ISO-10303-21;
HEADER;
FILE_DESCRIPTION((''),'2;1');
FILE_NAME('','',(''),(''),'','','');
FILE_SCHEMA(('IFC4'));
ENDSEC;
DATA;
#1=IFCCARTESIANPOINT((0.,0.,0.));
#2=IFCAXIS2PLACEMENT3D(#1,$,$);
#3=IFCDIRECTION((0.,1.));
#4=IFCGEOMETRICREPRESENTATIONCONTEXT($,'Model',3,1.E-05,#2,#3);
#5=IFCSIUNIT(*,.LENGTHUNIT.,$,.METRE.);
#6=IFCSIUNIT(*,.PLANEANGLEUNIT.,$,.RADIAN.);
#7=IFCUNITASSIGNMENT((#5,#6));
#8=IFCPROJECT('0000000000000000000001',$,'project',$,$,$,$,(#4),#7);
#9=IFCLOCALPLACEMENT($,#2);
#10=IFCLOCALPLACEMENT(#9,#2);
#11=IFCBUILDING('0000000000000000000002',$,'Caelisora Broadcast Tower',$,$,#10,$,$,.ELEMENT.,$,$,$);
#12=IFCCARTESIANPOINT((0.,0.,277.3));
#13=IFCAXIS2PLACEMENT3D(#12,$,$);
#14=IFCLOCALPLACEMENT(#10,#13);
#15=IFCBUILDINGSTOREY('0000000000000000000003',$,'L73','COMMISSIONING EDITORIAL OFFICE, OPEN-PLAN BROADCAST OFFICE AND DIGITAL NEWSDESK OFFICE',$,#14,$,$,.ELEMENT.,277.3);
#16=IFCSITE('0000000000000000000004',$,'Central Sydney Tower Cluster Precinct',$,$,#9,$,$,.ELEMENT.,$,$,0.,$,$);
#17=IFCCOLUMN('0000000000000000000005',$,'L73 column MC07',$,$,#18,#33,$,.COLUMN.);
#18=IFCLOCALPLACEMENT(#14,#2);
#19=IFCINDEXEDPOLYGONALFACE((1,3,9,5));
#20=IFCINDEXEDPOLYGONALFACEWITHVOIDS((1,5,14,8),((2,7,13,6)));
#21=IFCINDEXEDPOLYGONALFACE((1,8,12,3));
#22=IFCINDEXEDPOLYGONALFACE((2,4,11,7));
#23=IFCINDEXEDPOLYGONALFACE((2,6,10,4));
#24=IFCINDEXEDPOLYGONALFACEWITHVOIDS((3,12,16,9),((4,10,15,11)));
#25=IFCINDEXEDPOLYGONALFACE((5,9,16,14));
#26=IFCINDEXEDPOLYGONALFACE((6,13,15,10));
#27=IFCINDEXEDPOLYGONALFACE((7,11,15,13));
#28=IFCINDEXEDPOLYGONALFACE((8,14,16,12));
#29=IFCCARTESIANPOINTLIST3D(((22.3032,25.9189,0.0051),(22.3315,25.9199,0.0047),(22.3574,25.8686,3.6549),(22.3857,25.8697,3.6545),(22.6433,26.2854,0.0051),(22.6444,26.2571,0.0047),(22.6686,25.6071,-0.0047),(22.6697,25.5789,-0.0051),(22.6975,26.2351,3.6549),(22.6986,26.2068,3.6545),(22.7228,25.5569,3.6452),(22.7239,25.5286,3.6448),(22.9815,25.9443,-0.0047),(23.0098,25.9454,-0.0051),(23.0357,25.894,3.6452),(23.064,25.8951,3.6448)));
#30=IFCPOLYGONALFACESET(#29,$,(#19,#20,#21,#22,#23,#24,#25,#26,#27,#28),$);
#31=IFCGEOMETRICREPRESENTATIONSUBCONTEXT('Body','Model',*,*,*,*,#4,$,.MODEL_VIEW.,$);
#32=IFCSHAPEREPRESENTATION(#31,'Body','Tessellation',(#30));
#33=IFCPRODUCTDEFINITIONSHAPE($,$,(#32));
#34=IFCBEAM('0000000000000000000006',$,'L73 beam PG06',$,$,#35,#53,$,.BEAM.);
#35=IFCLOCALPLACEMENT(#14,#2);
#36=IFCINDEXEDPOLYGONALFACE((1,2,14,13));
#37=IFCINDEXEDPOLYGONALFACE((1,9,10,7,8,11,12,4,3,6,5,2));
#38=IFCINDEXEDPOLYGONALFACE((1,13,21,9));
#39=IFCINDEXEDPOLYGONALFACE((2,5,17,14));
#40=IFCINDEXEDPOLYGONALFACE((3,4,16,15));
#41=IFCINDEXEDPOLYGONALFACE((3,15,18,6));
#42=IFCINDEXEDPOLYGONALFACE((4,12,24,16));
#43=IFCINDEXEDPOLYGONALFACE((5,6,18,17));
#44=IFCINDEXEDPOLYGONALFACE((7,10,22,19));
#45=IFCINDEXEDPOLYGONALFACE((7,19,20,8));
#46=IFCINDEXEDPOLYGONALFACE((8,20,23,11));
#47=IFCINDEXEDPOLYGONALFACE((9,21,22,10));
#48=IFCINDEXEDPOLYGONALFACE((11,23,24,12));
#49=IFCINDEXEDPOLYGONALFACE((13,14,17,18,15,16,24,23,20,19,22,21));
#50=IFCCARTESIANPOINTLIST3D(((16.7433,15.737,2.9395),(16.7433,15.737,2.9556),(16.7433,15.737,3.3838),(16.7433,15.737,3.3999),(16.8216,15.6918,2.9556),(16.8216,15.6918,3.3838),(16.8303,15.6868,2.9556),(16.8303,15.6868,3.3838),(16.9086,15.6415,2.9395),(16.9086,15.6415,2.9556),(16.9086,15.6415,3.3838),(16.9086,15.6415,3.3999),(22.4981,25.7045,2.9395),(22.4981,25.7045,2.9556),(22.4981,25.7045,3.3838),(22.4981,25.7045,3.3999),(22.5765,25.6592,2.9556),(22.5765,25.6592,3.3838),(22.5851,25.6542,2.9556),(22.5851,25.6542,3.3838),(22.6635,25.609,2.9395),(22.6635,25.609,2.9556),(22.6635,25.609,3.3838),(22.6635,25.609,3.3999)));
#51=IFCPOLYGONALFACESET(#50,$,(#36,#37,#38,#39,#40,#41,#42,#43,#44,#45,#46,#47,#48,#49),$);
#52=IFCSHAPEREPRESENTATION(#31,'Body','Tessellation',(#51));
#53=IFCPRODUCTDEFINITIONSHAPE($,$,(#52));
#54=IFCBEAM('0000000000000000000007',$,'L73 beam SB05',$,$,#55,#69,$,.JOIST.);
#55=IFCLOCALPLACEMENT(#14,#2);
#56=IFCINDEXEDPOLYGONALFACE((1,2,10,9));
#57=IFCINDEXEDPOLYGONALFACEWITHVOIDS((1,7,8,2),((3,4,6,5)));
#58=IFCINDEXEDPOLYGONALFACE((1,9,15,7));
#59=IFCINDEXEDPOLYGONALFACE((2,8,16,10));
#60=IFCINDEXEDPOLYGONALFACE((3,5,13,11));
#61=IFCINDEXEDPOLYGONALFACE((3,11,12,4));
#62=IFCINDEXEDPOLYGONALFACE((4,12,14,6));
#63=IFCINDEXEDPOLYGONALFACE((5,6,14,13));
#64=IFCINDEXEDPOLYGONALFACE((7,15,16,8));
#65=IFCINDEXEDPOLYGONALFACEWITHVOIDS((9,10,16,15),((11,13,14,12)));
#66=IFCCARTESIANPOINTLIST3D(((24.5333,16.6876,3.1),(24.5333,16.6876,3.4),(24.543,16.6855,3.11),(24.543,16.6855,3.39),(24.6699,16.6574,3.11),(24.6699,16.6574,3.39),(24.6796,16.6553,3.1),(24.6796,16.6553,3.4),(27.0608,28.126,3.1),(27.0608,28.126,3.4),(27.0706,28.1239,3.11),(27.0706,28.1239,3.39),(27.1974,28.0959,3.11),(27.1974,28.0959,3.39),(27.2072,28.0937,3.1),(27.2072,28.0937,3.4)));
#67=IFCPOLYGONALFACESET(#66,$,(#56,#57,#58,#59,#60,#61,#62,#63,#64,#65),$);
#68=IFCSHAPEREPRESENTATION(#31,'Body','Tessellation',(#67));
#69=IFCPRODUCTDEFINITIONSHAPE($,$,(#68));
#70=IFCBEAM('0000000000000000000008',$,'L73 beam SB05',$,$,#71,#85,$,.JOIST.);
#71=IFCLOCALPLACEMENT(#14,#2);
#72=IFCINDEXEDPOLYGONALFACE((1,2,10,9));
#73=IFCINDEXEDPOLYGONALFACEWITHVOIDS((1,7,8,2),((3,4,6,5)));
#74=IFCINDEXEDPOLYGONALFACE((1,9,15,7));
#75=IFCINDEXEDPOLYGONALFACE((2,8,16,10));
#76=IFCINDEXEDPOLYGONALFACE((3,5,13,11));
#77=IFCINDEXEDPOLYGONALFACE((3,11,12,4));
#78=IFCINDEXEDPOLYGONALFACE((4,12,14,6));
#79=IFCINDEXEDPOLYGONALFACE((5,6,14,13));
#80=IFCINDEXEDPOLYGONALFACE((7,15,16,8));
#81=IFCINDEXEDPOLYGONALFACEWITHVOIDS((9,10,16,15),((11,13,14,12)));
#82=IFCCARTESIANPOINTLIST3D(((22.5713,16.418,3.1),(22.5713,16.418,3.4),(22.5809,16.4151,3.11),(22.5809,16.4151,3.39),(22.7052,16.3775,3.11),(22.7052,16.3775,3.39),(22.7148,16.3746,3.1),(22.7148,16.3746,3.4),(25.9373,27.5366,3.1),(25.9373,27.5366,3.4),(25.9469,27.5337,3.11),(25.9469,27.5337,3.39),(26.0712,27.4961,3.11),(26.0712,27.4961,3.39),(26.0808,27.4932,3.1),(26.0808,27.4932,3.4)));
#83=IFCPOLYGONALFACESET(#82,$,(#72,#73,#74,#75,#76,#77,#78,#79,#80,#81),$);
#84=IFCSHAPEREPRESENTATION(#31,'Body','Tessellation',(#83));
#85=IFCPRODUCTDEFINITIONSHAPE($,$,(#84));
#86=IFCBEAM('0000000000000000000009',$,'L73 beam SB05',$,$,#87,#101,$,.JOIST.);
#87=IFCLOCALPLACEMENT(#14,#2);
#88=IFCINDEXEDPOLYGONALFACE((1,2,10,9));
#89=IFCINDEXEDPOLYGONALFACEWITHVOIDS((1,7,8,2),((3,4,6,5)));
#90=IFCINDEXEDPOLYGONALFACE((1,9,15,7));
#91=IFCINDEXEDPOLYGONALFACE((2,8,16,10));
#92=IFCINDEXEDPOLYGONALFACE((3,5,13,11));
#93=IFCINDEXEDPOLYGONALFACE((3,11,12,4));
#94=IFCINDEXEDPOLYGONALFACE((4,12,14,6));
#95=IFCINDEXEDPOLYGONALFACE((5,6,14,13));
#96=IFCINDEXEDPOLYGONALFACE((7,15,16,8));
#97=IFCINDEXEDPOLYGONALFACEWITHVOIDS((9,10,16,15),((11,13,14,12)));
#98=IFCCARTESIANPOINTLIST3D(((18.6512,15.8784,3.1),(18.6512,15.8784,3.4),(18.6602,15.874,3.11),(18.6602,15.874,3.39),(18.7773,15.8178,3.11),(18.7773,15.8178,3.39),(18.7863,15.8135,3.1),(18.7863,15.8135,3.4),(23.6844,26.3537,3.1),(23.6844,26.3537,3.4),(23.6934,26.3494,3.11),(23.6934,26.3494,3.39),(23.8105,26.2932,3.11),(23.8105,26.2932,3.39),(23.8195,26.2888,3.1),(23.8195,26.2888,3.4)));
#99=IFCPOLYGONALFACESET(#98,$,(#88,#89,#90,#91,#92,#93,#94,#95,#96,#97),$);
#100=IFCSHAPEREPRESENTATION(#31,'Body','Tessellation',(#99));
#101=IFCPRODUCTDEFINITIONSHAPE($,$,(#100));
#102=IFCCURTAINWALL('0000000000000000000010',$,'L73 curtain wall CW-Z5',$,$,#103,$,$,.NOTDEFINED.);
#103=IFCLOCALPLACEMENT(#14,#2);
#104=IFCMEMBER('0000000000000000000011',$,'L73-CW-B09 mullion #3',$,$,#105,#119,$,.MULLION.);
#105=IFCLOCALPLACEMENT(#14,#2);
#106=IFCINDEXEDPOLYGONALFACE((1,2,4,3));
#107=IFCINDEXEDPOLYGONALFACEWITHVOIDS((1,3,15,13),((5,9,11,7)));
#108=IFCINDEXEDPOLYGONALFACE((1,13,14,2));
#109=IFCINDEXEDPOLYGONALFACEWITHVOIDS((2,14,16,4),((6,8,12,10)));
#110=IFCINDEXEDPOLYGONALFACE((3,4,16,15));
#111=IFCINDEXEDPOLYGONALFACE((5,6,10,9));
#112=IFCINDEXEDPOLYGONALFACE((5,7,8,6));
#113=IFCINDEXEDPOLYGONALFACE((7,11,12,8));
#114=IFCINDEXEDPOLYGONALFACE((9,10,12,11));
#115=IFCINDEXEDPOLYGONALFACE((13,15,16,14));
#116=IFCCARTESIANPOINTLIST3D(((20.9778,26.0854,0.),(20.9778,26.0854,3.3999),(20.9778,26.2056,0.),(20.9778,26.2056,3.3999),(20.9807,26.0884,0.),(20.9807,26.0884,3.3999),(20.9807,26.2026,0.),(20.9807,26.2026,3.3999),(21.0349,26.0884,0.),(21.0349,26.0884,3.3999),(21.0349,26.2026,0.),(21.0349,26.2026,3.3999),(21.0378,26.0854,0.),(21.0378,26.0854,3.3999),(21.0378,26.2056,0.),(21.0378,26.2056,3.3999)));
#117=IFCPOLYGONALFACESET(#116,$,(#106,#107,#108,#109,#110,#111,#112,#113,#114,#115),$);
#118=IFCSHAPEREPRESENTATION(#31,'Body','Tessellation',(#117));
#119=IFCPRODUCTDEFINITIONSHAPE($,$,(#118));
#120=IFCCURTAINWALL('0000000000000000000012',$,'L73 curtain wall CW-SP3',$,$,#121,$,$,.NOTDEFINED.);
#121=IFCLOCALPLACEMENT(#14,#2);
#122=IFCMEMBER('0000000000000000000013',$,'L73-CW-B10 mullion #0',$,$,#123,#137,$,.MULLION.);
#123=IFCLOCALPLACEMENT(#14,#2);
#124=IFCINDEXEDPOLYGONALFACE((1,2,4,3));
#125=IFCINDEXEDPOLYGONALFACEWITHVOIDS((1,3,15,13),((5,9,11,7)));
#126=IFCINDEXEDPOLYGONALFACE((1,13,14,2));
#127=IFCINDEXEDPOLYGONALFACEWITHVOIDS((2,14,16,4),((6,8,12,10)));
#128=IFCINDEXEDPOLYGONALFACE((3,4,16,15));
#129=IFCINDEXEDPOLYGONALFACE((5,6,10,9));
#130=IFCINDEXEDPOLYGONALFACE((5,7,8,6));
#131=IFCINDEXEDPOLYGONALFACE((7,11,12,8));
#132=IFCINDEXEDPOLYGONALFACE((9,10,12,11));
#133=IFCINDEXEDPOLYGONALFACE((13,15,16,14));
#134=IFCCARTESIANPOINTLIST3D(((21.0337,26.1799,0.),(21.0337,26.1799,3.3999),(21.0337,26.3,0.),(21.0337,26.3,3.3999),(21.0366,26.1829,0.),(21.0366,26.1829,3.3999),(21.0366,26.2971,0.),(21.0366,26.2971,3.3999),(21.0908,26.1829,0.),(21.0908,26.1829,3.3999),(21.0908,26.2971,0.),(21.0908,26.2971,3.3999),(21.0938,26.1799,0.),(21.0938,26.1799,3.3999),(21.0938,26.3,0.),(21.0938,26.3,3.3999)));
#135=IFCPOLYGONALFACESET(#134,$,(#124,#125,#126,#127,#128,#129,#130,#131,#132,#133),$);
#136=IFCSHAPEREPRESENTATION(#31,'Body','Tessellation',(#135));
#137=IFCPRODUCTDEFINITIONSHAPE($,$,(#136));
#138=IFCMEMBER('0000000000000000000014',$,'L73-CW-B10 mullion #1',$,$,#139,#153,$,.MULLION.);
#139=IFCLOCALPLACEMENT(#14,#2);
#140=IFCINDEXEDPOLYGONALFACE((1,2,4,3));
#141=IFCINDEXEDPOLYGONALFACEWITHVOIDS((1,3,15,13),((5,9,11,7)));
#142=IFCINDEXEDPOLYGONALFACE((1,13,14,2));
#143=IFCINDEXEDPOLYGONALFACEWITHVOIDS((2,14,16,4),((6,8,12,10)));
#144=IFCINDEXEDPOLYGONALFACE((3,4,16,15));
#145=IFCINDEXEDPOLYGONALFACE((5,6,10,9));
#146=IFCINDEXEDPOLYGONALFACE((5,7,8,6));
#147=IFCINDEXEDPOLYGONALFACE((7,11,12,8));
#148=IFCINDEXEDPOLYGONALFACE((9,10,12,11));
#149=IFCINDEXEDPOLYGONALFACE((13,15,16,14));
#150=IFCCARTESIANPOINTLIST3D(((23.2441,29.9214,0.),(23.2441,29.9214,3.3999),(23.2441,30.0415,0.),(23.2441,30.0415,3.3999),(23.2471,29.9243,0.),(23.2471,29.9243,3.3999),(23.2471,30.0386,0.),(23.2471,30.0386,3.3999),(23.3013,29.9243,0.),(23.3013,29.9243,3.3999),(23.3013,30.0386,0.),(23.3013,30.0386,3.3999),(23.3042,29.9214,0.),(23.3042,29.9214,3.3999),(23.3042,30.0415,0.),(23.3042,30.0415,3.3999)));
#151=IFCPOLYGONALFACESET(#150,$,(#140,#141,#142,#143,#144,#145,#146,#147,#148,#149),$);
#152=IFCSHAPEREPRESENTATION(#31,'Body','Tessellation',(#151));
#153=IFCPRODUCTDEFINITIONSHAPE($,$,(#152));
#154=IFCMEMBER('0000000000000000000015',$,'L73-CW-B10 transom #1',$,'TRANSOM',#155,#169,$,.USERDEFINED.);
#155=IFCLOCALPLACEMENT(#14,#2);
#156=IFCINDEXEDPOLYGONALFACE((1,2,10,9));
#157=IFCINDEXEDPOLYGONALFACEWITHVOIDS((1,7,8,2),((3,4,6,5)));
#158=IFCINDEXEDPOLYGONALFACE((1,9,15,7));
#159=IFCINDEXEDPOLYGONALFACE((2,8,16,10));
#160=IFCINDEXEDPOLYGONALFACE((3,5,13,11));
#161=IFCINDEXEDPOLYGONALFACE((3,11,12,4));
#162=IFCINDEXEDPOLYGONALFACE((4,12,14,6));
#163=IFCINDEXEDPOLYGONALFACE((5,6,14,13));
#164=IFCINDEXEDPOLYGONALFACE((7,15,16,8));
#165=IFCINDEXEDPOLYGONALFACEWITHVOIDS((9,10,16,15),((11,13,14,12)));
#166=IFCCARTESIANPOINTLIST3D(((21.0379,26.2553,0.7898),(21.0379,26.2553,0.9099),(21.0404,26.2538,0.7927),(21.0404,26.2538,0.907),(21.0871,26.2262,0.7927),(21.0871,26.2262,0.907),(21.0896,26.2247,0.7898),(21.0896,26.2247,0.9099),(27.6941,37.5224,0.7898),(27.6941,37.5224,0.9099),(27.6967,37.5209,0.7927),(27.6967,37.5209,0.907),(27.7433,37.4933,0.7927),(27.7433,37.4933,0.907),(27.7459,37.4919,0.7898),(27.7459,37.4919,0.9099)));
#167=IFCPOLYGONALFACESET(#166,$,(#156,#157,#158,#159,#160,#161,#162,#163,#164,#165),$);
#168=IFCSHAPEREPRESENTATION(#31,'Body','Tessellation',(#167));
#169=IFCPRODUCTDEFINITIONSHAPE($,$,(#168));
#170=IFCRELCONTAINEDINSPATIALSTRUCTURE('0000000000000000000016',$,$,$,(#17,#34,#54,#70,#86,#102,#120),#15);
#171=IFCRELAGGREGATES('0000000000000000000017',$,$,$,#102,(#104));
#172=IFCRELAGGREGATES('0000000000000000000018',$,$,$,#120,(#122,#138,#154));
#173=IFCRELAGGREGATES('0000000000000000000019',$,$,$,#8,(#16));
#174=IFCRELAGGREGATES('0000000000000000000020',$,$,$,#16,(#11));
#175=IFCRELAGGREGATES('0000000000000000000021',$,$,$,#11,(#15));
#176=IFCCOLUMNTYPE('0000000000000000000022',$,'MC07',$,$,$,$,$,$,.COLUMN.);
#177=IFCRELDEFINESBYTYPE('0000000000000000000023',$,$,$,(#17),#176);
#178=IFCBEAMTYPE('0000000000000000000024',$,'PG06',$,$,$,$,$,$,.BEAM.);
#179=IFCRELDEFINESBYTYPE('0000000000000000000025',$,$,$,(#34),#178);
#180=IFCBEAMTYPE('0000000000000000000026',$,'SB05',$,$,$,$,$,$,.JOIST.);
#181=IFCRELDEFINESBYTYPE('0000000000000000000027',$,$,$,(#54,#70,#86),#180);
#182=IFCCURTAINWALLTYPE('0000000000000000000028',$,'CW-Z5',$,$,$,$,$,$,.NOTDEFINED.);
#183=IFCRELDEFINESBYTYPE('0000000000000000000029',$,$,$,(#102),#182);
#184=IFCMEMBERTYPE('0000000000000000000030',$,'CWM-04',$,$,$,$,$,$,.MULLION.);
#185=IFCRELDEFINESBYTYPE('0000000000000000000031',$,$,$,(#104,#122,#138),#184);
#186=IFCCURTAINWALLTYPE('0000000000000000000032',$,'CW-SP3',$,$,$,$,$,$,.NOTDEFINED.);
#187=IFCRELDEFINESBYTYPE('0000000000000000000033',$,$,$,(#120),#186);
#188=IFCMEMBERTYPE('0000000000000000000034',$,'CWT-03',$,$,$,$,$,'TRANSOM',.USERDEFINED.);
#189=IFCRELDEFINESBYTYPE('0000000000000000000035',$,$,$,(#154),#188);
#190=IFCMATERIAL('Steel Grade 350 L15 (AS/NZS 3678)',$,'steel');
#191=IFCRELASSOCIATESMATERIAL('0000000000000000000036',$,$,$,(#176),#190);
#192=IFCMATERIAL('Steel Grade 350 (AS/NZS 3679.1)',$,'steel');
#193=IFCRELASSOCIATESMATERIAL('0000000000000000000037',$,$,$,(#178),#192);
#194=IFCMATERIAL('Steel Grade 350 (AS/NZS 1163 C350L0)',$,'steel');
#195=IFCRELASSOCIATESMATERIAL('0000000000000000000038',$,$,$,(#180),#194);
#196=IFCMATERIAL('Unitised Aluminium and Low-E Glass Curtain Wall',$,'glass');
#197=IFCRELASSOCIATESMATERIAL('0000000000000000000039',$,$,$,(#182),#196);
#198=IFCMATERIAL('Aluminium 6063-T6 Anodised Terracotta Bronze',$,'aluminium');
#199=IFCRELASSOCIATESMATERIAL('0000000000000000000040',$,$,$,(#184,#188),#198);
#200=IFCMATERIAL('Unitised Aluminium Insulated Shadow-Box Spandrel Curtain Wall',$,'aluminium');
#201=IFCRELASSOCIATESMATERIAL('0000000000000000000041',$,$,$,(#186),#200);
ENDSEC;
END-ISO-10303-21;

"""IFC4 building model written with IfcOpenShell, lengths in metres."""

from ifc_helpers import new_model, si_unit, direction, frame, origin, origin_2d, place, context, subcontext, project, spatial, hollow_rectangle, i_section, extrude, source, transform, mapped, material, material_profile, profile_set, type_object, type_shapes, element, aggregate, save


model = new_model("IFC4")

# Units and contexts
model_context = context("Model", 3, precision=1e-05, world=origin(), true_north=direction((0.0, 1.0)))
body_context = subcontext(model_context, "Body", "Model", "MODEL_VIEW")
ifc_project = project(units=[si_unit("LENGTHUNIT", "METRE"), si_unit("PLANEANGLEUNIT", "RADIAN")], contexts=[model_context])

# Site, building, storey
site_placement = place(None, origin())
site = spatial("IfcSite", under=ifc_project, at=site_placement, Name="Central Sydney Tower Cluster Precinct", CompositionType="ELEMENT", RefElevation=0.0)
building_placement = place(site_placement, origin())
building = spatial("IfcBuilding", under=site, at=building_placement, Name="Caelisora Broadcast Tower", CompositionType="ELEMENT")
storey_placement = place(building_placement, frame((0.0, 0.0, 277.3)))
storey = spatial("IfcBuildingStorey", under=building, at=storey_placement, Name="L73", Description="COMMISSIONING EDITORIAL OFFICE, OPEN-PLAN BROADCAST OFFICE AND DIGITAL NEWSDESK OFFICE", CompositionType="ELEMENT", Elevation=277.3)

# Column
ifc_material_1 = material(Name="Steel Grade 350 L15 (AS/NZS 3678)", Category="steel")
ifc_material_profile_1 = material_profile(ifc_material_1, hollow_rectangle(XDim=0.5, YDim=0.5, WallThickness=0.02, at=origin_2d()), Name="Steel Grade 350 L15 (AS/NZS 3678)")
ifc_profile_set_1 = profile_set([ifc_material_profile_1], Name="Steel Grade 350 L15 (AS/NZS 3678)")
column_type = type_object("IfcColumnType", Name="MC07", PredefinedType="COLUMN", material=ifc_profile_set_1)
shared_shape_1 = source(origin(), body_context, "Body", "SweptSolid", [
    extrude(hollow_rectangle(XDim=0.5, YDim=0.5, WallThickness=0.02, at=origin_2d()), origin(), (0.0, 0.0, 1.0), 3.6506),
])
type_shapes(column_type, [shared_shape_1])
column_placement = place(storey_placement, frame((22.6565, 25.9321, 0.0), z_axis=(0.014846, -0.013776, 0.999795), x_axis=(0.680198, 0.733029, 0.0)))
element("IfcColumn", 1, at=column_placement, inside=storey, type_object=column_type, Name="L73 column MC07", PredefinedType="COLUMN", context=body_context, shape_type="MappedRepresentation", body=[
    mapped(shared_shape_1, transform((0.0, 0.0, 0.0), scale=1.0)),
])

# Beams
ifc_material_2 = material(Name="Steel Grade 350 (AS/NZS 3679.1)", Category="steel")
ifc_material_profile_2 = material_profile(ifc_material_2, i_section(OverallWidth=0.1909, OverallDepth=0.4604, WebThickness=0.01, FlangeThickness=0.0161, at=origin_2d()), Name="Steel Grade 350 (AS/NZS 3679.1)")
ifc_profile_set_2 = profile_set([ifc_material_profile_2], Name="Steel Grade 350 (AS/NZS 3679.1)")
beam_type_1 = type_object("IfcBeamType", Name="PG06", PredefinedType="BEAM", material=ifc_profile_set_2)
shared_shape_2 = source(origin(), body_context, "Body", "SweptSolid", [
    extrude(i_section(OverallWidth=0.1909, OverallDepth=0.4604, WebThickness=0.01, FlangeThickness=0.0161, at=origin_2d()), origin(), (0.0, 0.0, 1.0), 11.5095),
])
type_shapes(beam_type_1, [shared_shape_2])
beam_1_placement = place(storey_placement, frame((22.5808, 25.6567, 3.1697), z_axis=(-0.500008, -0.866021, 0.0), x_axis=(0.866021, -0.500008, 0.0)))
element("IfcBeam", 2, at=beam_1_placement, inside=storey, type_object=beam_type_1, Name="L73 beam PG06", PredefinedType="BEAM", context=body_context, shape_type="MappedRepresentation", body=[
    mapped(shared_shape_2, transform((0.0, 0.0, 0.0), scale=1.0)),
])
ifc_material_3 = material(Name="Steel Grade 350 (AS/NZS 1163 C350L0)", Category="steel")
ifc_material_profile_3 = material_profile(ifc_material_3, hollow_rectangle(XDim=0.1499, YDim=0.3, WallThickness=0.01, at=origin_2d()), Name="Steel Grade 350 (AS/NZS 1163 C350L0)")
ifc_profile_set_3 = profile_set([ifc_material_profile_3], Name="Steel Grade 350 (AS/NZS 1163 C350L0)")
beam_type_2 = type_object("IfcBeamType", Name="SB05", PredefinedType="JOIST", material=ifc_profile_set_3)
shared_shape_3 = source(origin(), body_context, "Body", "SweptSolid", [
    extrude(hollow_rectangle(XDim=0.1499, YDim=0.3, WallThickness=0.01, at=origin_2d()), origin(), (0.0, 0.0, 1.0), 11.7144),
])
beam_2_placement = place(storey_placement, frame((27.134, 28.1099, 3.25), z_axis=(-0.215767, -0.976445, 0.0), x_axis=(0.976445, -0.215767, 0.0)))
element("IfcBeam", 3, at=beam_2_placement, inside=storey, type_object=beam_type_2, Name="L73 beam SB05", PredefinedType="JOIST", context=body_context, shape_type="MappedRepresentation", body=[
    mapped(shared_shape_3, transform((0.0, 0.0, 0.0), scale=1.0)),
])
shared_shape_4 = source(origin(), body_context, "Body", "SweptSolid", [
    extrude(hollow_rectangle(XDim=0.1499, YDim=0.3, WallThickness=0.01, at=origin_2d()), origin(), (0.0, 0.0, 1.0), 11.6169),
])
beam_3_placement = place(storey_placement, frame((26.009, 27.5149, 3.25), z_axis=(-0.289745, -0.957104, 0.0), x_axis=(0.957104, -0.289745, 0.0)))
element("IfcBeam", 4, at=beam_3_placement, inside=storey, type_object=beam_type_2, Name="L73 beam SB05", PredefinedType="JOIST", context=body_context, shape_type="MappedRepresentation", body=[
    mapped(shared_shape_4, transform((0.0, 0.0, 0.0), scale=1.0)),
])
shared_shape_5 = source(origin(), body_context, "Body", "SweptSolid", [
    extrude(hollow_rectangle(XDim=0.1499, YDim=0.3, WallThickness=0.01, at=origin_2d()), origin(), (0.0, 0.0, 1.0), 11.6218),
])
type_shapes(beam_type_2, [shared_shape_3, shared_shape_4, shared_shape_5])
beam_4_placement = place(storey_placement, frame((23.752, 26.3213, 3.25), z_axis=(-0.433083, -0.901354, 0.0), x_axis=(0.901354, -0.433083, 0.0)))
element("IfcBeam", 5, at=beam_4_placement, inside=storey, type_object=beam_type_2, Name="L73 beam SB05", PredefinedType="JOIST", context=body_context, shape_type="MappedRepresentation", body=[
    mapped(shared_shape_5, transform((0.0, 0.0, 0.0), scale=1.0)),
])

# Curtain wall, member
ifc_material_4 = material(Name="Unitised Aluminium and Low-E Glass Curtain Wall", Category="glass")
curtain_wall_type_1 = type_object("IfcCurtainWallType", Name="CW-Z5", PredefinedType="NOTDEFINED", material=ifc_material_4)
curtain_wall_1_placement = place(storey_placement, origin())
curtain_wall_1 = element("IfcCurtainWall", 6, at=curtain_wall_1_placement, inside=storey, type_object=curtain_wall_type_1, Name="L73 curtain wall CW-Z5", PredefinedType="NOTDEFINED")
ifc_material_5 = material(Name="Aluminium 6063-T6 Anodised Terracotta Bronze", Category="aluminium")
ifc_material_profile_4 = material_profile(ifc_material_5, hollow_rectangle(XDim=0.0601, YDim=0.1201, WallThickness=0.0029, at=origin_2d()), Name="Aluminium 6063-T6 Anodised Terracotta Bronze")
ifc_profile_set_4 = profile_set([ifc_material_profile_4], Name="Aluminium 6063-T6 Anodised Terracotta Bronze")
member_type_1 = type_object("IfcMemberType", Name="CWM-04", PredefinedType="MULLION", material=ifc_profile_set_4)
shared_shape_6 = source(origin(), body_context, "Body", "SweptSolid", [
    extrude(hollow_rectangle(XDim=0.0601, YDim=0.1201, WallThickness=0.0029, at=origin_2d()), origin(), (0.0, 0.0, 1.0), 3.3999),
])
type_shapes(member_type_1, [shared_shape_6])
member_1_placement = place(storey_placement, frame((21.0078, 26.1455, 0.0), z_axis=(0.0, 0.0, 1.0), x_axis=(1.0, 0.0, 0.0)))
member_1 = element("IfcMember", 7, at=member_1_placement, type_object=member_type_1, Name="L73-CW-B09 mullion #3", PredefinedType="MULLION", context=body_context, shape_type="MappedRepresentation", body=[
    mapped(shared_shape_6, transform((0.0, 0.0, 0.0), scale=1.0)),
])

# Curtain wall, members
ifc_material_6 = material(Name="Unitised Aluminium Insulated Shadow-Box Spandrel Curtain Wall", Category="aluminium")
curtain_wall_type_2 = type_object("IfcCurtainWallType", Name="CW-SP3", PredefinedType="NOTDEFINED", material=ifc_material_6)
curtain_wall_2_placement = place(storey_placement, origin())
curtain_wall_2 = element("IfcCurtainWall", 8, at=curtain_wall_2_placement, inside=storey, type_object=curtain_wall_type_2, Name="L73 curtain wall CW-SP3", PredefinedType="NOTDEFINED")
member_2_placement = place(storey_placement, frame((21.0637, 26.24, 0.0), z_axis=(0.0, 0.0, 1.0), x_axis=(1.0, 0.0, 0.0)))
member_2 = element("IfcMember", 9, at=member_2_placement, type_object=member_type_1, Name="L73-CW-B10 mullion #0", PredefinedType="MULLION", context=body_context, shape_type="MappedRepresentation", body=[
    mapped(shared_shape_6, transform((0.0, 0.0, 0.0), scale=1.0)),
])
member_3_placement = place(storey_placement, frame((23.2742, 29.9814, 0.0), z_axis=(0.0, 0.0, 1.0), x_axis=(1.0, 0.0, 0.0)))
member_3 = element("IfcMember", 10, at=member_3_placement, type_object=member_type_1, Name="L73-CW-B10 mullion #1", PredefinedType="MULLION", context=body_context, shape_type="MappedRepresentation", body=[
    mapped(shared_shape_6, transform((0.0, 0.0, 0.0), scale=1.0)),
])
ifc_material_profile_5 = material_profile(ifc_material_5, hollow_rectangle(XDim=0.0601, YDim=0.1201, WallThickness=0.0029, at=origin_2d()), Name="Aluminium 6063-T6 Anodised Terracotta Bronze")
ifc_profile_set_5 = profile_set([ifc_material_profile_5], Name="Aluminium 6063-T6 Anodised Terracotta Bronze")
member_type_2 = type_object("IfcMemberType", Name="CWT-03", ElementType="TRANSOM", PredefinedType="USERDEFINED", material=ifc_profile_set_5)
shared_shape_7 = source(origin(), body_context, "Body", "SweptSolid", [
    extrude(hollow_rectangle(XDim=0.0601, YDim=0.1201, WallThickness=0.0029, at=origin_2d()), origin(), (0.0, 0.0, 1.0), 13.0864),
])
type_shapes(member_type_2, [shared_shape_7])
member_4_placement = place(storey_placement, frame((21.0637, 26.24, 0.8499), z_axis=(0.50864, 0.860979, 0.0), x_axis=(-0.860979, 0.50864, 0.0)))
member_4 = element("IfcMember", 11, at=member_4_placement, type_object=member_type_2, Name="L73-CW-B10 transom #1", ObjectType="TRANSOM", PredefinedType="USERDEFINED", context=body_context, shape_type="MappedRepresentation", body=[
    mapped(shared_shape_7, transform((0.0, 0.0, 0.0), scale=1.0)),
])

aggregate(curtain_wall_1, [member_1])
aggregate(curtain_wall_2, [member_2, member_3, member_4])

save(model, "model.ifc")
